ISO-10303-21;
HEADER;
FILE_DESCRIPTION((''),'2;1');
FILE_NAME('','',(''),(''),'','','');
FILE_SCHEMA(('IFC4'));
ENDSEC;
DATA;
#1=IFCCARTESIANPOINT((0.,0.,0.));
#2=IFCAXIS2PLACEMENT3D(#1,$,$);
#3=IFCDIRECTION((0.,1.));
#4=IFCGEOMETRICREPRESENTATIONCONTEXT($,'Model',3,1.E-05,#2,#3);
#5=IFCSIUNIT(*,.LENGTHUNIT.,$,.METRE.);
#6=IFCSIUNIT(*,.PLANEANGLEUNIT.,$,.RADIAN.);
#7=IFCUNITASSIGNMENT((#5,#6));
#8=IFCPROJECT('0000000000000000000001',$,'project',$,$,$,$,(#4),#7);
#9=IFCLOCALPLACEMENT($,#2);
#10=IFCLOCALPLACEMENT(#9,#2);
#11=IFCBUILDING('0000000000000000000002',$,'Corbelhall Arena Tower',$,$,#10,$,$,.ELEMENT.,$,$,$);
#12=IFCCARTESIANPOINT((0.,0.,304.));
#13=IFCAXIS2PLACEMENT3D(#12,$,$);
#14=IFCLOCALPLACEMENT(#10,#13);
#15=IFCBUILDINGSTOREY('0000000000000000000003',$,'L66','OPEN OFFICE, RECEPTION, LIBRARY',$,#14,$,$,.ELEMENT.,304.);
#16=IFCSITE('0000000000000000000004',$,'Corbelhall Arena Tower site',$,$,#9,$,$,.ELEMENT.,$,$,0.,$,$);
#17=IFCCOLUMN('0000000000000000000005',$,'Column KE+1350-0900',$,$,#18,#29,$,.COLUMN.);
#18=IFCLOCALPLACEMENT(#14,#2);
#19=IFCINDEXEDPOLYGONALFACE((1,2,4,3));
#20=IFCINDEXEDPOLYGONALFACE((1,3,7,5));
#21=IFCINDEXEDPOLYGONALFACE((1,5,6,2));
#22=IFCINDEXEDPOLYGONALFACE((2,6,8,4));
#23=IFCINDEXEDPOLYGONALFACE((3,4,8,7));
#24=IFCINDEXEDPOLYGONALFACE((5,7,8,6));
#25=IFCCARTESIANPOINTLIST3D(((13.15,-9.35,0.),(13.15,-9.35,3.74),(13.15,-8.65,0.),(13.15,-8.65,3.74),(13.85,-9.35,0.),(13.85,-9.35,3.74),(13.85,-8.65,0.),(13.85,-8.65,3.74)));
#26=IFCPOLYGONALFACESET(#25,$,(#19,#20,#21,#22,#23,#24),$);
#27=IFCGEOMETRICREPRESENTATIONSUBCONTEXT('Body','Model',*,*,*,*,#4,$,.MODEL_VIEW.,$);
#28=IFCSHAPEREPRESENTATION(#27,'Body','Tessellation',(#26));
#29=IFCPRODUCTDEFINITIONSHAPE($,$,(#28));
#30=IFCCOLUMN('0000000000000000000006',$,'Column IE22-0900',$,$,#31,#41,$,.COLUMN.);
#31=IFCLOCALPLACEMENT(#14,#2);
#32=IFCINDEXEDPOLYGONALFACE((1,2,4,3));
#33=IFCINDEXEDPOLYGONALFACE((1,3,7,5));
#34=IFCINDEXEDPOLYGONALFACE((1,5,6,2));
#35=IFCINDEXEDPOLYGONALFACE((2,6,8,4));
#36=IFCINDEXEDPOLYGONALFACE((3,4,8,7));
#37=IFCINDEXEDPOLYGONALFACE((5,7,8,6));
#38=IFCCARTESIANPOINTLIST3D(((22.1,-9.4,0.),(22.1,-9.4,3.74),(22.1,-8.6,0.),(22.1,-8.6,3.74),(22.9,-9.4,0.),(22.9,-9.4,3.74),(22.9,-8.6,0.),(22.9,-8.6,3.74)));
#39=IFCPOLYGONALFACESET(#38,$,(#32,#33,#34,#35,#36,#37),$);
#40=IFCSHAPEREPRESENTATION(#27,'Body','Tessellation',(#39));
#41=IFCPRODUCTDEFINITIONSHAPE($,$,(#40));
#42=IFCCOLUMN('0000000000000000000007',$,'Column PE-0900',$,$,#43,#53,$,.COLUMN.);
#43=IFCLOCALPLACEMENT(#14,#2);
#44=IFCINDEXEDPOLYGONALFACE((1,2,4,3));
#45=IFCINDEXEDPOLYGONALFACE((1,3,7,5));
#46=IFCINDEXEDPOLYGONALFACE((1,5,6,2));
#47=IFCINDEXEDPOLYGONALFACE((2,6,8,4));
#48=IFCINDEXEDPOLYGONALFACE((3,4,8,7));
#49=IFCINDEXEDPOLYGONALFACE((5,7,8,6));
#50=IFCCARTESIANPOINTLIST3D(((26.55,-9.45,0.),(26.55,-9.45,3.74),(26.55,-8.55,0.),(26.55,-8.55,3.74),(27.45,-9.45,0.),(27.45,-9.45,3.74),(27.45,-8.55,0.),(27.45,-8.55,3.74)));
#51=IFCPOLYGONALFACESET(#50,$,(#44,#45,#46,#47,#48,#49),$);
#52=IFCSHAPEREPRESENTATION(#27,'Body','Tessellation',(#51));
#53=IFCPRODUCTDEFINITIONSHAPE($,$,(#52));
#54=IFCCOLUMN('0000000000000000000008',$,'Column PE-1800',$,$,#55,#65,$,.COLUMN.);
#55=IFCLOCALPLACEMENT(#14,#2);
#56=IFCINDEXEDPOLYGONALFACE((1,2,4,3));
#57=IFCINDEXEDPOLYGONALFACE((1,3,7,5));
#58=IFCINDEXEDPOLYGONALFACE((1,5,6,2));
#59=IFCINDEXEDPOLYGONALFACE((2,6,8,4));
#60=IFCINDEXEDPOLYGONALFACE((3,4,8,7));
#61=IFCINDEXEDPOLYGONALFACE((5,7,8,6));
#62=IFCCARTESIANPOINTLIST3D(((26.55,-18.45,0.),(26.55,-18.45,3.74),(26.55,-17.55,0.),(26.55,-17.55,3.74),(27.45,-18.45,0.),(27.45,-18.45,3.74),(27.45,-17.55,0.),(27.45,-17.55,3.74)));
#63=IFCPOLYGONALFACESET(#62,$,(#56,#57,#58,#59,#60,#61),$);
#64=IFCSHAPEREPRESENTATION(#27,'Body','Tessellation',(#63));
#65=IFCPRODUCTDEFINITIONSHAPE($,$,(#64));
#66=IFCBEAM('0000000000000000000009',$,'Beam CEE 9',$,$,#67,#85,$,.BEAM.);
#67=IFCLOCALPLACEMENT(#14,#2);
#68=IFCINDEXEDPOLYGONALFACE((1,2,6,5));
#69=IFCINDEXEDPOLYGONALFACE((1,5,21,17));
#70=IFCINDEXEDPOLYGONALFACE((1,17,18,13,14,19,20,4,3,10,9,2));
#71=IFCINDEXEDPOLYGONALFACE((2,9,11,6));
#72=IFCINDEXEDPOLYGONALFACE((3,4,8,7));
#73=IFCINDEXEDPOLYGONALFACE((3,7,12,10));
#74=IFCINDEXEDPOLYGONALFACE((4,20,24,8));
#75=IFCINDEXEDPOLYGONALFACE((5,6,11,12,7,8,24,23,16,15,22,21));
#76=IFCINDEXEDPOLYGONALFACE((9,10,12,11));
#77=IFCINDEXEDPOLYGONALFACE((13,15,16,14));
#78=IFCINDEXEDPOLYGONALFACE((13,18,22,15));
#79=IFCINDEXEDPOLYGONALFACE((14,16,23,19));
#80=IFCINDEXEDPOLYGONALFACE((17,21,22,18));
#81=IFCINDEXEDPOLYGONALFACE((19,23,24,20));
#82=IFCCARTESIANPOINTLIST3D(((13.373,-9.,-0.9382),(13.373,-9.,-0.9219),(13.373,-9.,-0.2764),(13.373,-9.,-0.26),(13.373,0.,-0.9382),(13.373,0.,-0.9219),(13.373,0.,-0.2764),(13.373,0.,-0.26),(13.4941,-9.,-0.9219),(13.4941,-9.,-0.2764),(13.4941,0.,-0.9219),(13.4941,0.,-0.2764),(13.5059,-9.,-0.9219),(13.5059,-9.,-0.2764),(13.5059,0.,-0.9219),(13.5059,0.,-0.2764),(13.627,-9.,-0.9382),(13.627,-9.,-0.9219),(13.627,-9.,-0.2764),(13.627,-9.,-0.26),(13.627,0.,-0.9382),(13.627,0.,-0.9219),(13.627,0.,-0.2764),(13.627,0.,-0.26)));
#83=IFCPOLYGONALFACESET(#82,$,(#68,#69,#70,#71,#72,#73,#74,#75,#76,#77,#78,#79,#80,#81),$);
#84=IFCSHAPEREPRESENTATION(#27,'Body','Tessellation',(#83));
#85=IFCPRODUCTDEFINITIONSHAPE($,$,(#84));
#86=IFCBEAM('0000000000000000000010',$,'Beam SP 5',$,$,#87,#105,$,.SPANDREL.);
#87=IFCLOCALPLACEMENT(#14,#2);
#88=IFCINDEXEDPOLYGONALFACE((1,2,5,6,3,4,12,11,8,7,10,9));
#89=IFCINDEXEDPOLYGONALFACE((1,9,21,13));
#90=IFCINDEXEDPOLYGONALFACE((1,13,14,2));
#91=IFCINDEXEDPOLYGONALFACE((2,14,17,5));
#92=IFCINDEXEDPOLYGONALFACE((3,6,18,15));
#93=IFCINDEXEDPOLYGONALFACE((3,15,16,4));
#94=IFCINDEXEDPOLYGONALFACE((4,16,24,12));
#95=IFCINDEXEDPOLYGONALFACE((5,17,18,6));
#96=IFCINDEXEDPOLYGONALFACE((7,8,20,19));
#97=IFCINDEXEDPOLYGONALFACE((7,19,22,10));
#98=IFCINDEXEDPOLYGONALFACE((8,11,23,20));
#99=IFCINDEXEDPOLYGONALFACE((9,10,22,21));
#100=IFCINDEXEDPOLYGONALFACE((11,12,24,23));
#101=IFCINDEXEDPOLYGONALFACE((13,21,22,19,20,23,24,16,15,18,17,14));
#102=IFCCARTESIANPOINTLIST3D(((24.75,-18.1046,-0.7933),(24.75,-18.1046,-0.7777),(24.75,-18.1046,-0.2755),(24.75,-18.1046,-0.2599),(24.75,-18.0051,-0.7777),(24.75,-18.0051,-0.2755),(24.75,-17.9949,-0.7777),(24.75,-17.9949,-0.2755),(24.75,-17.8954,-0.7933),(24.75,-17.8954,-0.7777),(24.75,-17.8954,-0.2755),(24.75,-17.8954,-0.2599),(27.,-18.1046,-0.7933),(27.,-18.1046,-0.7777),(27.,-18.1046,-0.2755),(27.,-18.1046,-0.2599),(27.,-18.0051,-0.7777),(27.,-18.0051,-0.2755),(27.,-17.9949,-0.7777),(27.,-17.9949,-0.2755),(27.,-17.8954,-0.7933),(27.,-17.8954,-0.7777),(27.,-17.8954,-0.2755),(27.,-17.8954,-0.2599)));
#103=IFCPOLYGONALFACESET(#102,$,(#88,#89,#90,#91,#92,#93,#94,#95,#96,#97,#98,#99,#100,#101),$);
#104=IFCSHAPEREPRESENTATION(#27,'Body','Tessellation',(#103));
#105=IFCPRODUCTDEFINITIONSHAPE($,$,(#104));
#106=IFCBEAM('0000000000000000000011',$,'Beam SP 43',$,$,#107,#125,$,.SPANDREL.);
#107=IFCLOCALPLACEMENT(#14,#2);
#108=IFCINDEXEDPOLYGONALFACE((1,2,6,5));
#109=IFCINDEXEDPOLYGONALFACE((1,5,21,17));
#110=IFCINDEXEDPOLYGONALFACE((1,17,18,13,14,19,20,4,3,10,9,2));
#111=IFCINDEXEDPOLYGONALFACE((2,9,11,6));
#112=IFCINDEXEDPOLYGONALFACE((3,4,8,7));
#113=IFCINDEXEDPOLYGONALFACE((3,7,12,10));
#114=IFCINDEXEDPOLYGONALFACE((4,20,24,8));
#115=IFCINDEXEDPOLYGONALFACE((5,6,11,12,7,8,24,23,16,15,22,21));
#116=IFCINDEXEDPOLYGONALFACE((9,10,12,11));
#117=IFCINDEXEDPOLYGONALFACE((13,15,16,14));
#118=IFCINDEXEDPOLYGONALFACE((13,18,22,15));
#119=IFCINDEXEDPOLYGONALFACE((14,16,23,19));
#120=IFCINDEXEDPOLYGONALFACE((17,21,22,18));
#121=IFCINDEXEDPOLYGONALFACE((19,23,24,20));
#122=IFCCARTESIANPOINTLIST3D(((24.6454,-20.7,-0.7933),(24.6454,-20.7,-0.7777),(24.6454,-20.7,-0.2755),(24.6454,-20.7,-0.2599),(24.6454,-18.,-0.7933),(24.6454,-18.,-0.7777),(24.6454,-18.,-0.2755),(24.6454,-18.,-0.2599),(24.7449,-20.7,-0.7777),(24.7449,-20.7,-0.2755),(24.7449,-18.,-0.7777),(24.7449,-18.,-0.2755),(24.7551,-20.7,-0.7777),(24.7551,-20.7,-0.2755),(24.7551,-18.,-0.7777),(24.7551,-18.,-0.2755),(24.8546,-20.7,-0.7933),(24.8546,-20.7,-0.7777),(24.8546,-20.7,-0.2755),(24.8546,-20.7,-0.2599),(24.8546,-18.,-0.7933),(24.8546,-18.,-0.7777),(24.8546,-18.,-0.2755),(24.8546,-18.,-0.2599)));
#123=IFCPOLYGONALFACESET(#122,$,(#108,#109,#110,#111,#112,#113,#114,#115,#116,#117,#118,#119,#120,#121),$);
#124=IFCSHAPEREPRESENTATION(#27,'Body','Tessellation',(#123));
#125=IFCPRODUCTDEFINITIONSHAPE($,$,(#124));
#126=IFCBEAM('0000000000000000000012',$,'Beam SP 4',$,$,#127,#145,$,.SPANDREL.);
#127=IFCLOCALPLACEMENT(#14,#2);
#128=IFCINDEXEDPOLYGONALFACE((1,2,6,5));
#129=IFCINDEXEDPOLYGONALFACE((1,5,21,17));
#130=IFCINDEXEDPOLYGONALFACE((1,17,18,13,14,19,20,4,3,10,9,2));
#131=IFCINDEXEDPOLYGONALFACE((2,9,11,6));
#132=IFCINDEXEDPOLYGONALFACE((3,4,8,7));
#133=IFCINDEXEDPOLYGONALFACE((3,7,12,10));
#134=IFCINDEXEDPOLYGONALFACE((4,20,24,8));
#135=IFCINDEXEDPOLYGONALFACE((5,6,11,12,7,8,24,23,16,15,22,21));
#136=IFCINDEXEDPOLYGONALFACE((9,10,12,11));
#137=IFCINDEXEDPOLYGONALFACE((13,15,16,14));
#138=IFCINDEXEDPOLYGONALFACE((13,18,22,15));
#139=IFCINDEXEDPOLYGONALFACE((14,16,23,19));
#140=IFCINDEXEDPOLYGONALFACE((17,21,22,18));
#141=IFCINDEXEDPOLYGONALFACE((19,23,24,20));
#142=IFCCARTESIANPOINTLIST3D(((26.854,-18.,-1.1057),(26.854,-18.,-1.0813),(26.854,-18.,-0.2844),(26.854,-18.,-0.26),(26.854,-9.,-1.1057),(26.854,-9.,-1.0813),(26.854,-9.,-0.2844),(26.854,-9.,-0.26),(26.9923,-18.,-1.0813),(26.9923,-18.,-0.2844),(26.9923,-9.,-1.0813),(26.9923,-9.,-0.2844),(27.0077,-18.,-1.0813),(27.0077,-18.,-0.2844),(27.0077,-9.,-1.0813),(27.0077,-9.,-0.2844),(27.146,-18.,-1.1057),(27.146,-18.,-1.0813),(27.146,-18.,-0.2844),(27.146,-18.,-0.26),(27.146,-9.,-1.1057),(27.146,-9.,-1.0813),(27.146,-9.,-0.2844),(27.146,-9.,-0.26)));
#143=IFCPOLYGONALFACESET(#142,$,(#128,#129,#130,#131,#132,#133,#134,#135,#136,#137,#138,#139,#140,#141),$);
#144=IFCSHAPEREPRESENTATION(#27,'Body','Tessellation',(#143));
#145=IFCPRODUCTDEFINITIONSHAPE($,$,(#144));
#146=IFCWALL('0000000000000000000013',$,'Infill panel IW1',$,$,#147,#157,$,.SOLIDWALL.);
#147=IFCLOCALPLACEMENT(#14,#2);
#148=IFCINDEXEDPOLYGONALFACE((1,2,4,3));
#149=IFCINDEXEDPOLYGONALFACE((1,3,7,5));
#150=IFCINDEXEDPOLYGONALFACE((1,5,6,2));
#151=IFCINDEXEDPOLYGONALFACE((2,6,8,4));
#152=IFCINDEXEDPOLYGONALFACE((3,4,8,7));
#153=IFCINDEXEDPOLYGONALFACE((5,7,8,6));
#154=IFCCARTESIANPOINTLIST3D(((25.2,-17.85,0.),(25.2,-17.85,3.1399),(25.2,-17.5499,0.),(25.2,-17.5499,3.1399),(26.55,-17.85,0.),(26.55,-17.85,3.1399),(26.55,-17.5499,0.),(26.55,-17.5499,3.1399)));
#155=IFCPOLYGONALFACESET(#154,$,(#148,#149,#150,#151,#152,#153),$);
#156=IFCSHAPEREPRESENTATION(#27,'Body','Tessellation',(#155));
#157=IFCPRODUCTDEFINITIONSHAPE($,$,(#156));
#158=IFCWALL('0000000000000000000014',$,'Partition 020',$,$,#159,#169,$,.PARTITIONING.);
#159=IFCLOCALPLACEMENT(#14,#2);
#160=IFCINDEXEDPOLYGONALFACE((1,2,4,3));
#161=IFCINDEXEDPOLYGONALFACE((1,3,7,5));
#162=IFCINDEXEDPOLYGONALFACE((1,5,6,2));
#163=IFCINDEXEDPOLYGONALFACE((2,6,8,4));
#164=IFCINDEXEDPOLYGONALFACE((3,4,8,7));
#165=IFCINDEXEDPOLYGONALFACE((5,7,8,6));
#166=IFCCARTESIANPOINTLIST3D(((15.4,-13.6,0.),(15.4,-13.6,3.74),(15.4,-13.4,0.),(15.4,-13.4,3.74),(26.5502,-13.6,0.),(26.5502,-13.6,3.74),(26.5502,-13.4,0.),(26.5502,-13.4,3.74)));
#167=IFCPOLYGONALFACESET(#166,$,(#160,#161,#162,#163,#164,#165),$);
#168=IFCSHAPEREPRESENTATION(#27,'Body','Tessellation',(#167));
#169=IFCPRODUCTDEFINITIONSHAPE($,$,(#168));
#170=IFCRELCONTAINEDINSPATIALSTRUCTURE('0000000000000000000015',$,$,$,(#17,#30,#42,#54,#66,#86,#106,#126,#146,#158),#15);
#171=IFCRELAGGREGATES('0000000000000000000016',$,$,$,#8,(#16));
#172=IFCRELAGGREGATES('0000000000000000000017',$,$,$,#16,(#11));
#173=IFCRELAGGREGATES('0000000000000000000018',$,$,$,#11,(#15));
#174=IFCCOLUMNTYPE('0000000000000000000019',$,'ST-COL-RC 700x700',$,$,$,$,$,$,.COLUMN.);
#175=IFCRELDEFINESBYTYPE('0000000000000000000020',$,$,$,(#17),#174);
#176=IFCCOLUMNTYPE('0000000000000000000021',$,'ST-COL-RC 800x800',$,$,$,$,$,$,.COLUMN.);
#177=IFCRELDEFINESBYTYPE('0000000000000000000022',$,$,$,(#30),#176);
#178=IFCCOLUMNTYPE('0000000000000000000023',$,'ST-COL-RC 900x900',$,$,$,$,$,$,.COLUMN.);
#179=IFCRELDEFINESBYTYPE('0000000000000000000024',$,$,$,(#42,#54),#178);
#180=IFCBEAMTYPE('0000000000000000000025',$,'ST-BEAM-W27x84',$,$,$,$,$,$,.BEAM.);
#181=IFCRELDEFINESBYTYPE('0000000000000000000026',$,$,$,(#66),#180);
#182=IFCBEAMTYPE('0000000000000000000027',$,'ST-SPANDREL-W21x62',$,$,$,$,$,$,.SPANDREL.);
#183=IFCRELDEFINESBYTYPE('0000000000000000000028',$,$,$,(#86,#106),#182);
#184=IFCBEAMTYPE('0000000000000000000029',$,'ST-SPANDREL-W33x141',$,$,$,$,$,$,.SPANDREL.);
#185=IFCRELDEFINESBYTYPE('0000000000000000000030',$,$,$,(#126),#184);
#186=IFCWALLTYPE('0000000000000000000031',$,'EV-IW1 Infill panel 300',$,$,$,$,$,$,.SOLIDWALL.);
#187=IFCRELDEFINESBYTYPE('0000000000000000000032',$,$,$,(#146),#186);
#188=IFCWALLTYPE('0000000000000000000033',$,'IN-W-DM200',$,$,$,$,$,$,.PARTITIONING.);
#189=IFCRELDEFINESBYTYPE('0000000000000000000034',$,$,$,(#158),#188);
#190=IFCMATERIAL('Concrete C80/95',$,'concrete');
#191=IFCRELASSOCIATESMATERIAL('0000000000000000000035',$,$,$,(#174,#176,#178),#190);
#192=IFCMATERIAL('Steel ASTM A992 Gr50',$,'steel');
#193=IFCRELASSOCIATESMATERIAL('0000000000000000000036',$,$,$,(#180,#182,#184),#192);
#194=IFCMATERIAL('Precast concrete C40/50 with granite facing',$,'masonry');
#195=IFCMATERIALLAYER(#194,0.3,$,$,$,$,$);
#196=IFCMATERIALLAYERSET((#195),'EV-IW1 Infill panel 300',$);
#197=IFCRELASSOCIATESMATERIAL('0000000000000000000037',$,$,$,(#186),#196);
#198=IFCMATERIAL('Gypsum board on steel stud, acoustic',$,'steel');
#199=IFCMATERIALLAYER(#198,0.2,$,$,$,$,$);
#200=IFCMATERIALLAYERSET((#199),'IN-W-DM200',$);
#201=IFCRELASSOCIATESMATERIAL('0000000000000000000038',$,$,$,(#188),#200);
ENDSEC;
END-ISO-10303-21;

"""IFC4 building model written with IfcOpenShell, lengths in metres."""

from ifc_helpers import new_model, si_unit, direction, frame, frame_2d, origin, origin_2d, place, context, subcontext, project, spatial, rectangle, i_section, extrude, material, layer, layer_set, material_profile, profile_set, type_object, element, save


model = new_model("IFC4")

# Units and contexts
model_context = context("Model", 3, precision=1e-05, world=origin(), true_north=direction((0.0, 1.0)))
body_context = subcontext(model_context, "Body", "Model", "MODEL_VIEW")
ifc_project = project(units=[si_unit("LENGTHUNIT", "METRE"), si_unit("PLANEANGLEUNIT", "RADIAN")], contexts=[model_context])

# Site, building, storey
site_placement = place(None, origin())
site = spatial("IfcSite", under=ifc_project, at=site_placement, Name="Corbelhall Arena Tower site", CompositionType="ELEMENT", RefElevation=0.0)
building_placement = place(site_placement, origin())
building = spatial("IfcBuilding", under=site, at=building_placement, Name="Corbelhall Arena Tower", CompositionType="ELEMENT")
storey_placement = place(building_placement, frame((0.0, 0.0, 304.0)))
storey = spatial("IfcBuildingStorey", under=building, at=storey_placement, Name="L66", Description="OPEN OFFICE, RECEPTION, LIBRARY", CompositionType="ELEMENT", Elevation=304.0)

# Columns
ifc_material_1 = material(Name="Concrete C80/95", Category="concrete")
ifc_material_profile_1 = material_profile(ifc_material_1, rectangle(XDim=0.7, YDim=0.7, at=origin_2d()))
ifc_profile_set_1 = profile_set([ifc_material_profile_1], Name="Concrete C80/95")
column_type_1 = type_object("IfcColumnType", Name="ST-COL-RC 700x700", PredefinedType="COLUMN", material=ifc_profile_set_1)
column_1_placement = place(storey_placement, frame((13.5, -9.0, 0.0), z_axis=(0.0, 0.0, 1.0), x_axis=(1.0, 0.0, 0.0)))
element("IfcColumn", 1, at=column_1_placement, inside=storey, type_object=column_type_1, Name="Column KE+1350-0900", PredefinedType="COLUMN", context=body_context, shape_type="SweptSolid", body=[
    extrude(rectangle(XDim=0.7, YDim=0.7, at=origin_2d()), origin(), (0.0, 0.0, 1.0), 3.74),
])
ifc_material_profile_2 = material_profile(ifc_material_1, rectangle(XDim=0.8, YDim=0.8, at=origin_2d()))
ifc_profile_set_2 = profile_set([ifc_material_profile_2], Name="Concrete C80/95")
column_type_2 = type_object("IfcColumnType", Name="ST-COL-RC 800x800", PredefinedType="COLUMN", material=ifc_profile_set_2)
column_2_placement = place(storey_placement, frame((22.5, -9.0, 0.0), z_axis=(0.0, 0.0, 1.0), x_axis=(1.0, 0.0, 0.0)))
element("IfcColumn", 2, at=column_2_placement, inside=storey, type_object=column_type_2, Name="Column IE22-0900", PredefinedType="COLUMN", context=body_context, shape_type="SweptSolid", body=[
    extrude(rectangle(XDim=0.8, YDim=0.8, at=origin_2d()), origin(), (0.0, 0.0, 1.0), 3.74),
])
ifc_material_profile_3 = material_profile(ifc_material_1, rectangle(XDim=0.8999, YDim=0.8999, at=origin_2d()))
ifc_profile_set_3 = profile_set([ifc_material_profile_3], Name="Concrete C80/95")
column_type_3 = type_object("IfcColumnType", Name="ST-COL-RC 900x900", PredefinedType="COLUMN", material=ifc_profile_set_3)
for number, where, z_axis, x_axis, name in (
    (3, (27.0, -9.0, 0.0), (0.0, 0.0, 1.0), (0.0, 1.0, 0.0), "Column PE-0900"),
    (4, (27.0, -18.0, 0.0), (0.0, 0.0, 1.0), (0.0, 1.0, 0.0), "Column PE-1800"),
):
    element("IfcColumn", number, at=place(storey_placement, frame(where, z_axis=z_axis, x_axis=x_axis)), inside=storey, type_object=column_type_3, Name=name, PredefinedType="COLUMN", context=body_context, shape_type="SweptSolid", body=[
        extrude(rectangle(XDim=0.8999, YDim=0.8999, at=origin_2d()), origin(), (0.0, 0.0, 1.0), 3.74),
    ])

# Beams
ifc_material_2 = material(Name="Steel ASTM A992 Gr50", Category="steel")
ifc_material_profile_4 = material_profile(ifc_material_2, i_section(OverallWidth=0.2539, OverallDepth=0.6782, WebThickness=0.0117, FlangeThickness=0.0164, at=origin_2d()))
ifc_profile_set_4 = profile_set([ifc_material_profile_4], Name="Steel ASTM A992 Gr50")
beam_type_1 = type_object("IfcBeamType", Name="ST-BEAM-W27x84", PredefinedType="BEAM", material=ifc_profile_set_4)
beam_1_placement = place(storey_placement, frame((13.5, -9.0, -0.5991), z_axis=(0.0, 1.0, 0.0), x_axis=(-1.0, 0.0, 0.0)))
element("IfcBeam", 5, at=beam_1_placement, inside=storey, type_object=beam_type_1, Name="Beam CEE 9", PredefinedType="BEAM", context=body_context, shape_type="SweptSolid", body=[
    extrude(i_section(OverallWidth=0.2539, OverallDepth=0.6782, WebThickness=0.0117, FlangeThickness=0.0164, at=origin_2d()), origin(), (0.0, 0.0, 1.0), 9.0),
])
ifc_material_profile_5 = material_profile(ifc_material_2, i_section(OverallWidth=0.2092, OverallDepth=0.5334, WebThickness=0.0103, FlangeThickness=0.0156, at=origin_2d()))
ifc_profile_set_5 = profile_set([ifc_material_profile_5], Name="Steel ASTM A992 Gr50")
beam_type_2 = type_object("IfcBeamType", Name="ST-SPANDREL-W21x62", PredefinedType="SPANDREL", material=ifc_profile_set_5)
beam_2_placement = place(storey_placement, frame((27.0, -18.0, -0.5266), z_axis=(-1.0, 0.0, 0.0), x_axis=(0.0, -1.0, 0.0)))
element("IfcBeam", 6, at=beam_2_placement, inside=storey, type_object=beam_type_2, Name="Beam SP 5", PredefinedType="SPANDREL", context=body_context, shape_type="SweptSolid", body=[
    extrude(i_section(OverallWidth=0.2092, OverallDepth=0.5334, WebThickness=0.0103, FlangeThickness=0.0156, at=origin_2d()), origin(), (0.0, 0.0, 1.0), 2.25),
])
beam_3_placement = place(storey_placement, frame((24.75, -18.0, -0.5266), z_axis=(0.0, -1.0, 0.0), x_axis=(1.0, 0.0, 0.0)))
element("IfcBeam", 7, at=beam_3_placement, inside=storey, type_object=beam_type_2, Name="Beam SP 43", PredefinedType="SPANDREL", context=body_context, shape_type="SweptSolid", body=[
    extrude(i_section(OverallWidth=0.2092, OverallDepth=0.5334, WebThickness=0.0103, FlangeThickness=0.0156, at=origin_2d()), origin(), (0.0, 0.0, 1.0), 2.7),
])
ifc_material_profile_6 = material_profile(ifc_material_2, i_section(OverallWidth=0.292, OverallDepth=0.8457, WebThickness=0.0154, FlangeThickness=0.0244, at=origin_2d()))
ifc_profile_set_6 = profile_set([ifc_material_profile_6], Name="Steel ASTM A992 Gr50")
beam_type_3 = type_object("IfcBeamType", Name="ST-SPANDREL-W33x141", PredefinedType="SPANDREL", material=ifc_profile_set_6)
beam_4_placement = place(storey_placement, frame((27.0, -9.0, -0.6829), z_axis=(0.0, -1.0, 0.0), x_axis=(1.0, 0.0, 0.0)))
element("IfcBeam", 8, at=beam_4_placement, inside=storey, type_object=beam_type_3, Name="Beam SP 4", PredefinedType="SPANDREL", context=body_context, shape_type="SweptSolid", body=[
    extrude(i_section(OverallWidth=0.292, OverallDepth=0.8457, WebThickness=0.0154, FlangeThickness=0.0244, at=origin_2d()), origin(), (0.0, 0.0, 1.0), 9.0),
])

# Wall
ifc_material_3 = material(Name="Precast concrete C40/50 with granite facing", Category="masonry")
ifc_layer_1 = layer(ifc_material_3, 0.3)
ifc_layer_set_1 = layer_set([ifc_layer_1], Name="EV-IW1 Infill panel 300")
wall_type_1 = type_object("IfcWallType", Name="EV-IW1 Infill panel 300", PredefinedType="SOLIDWALL", material=ifc_layer_set_1)
wall_1_placement = place(storey_placement, frame((25.2, -17.7, 0.0), z_axis=(0.0, 0.0, 1.0), x_axis=(1.0, 0.0, 0.0)))
element("IfcWall", 9, at=wall_1_placement, inside=storey, type_object=wall_type_1, Name="Infill panel IW1", PredefinedType="SOLIDWALL", context=body_context, shape_type="SweptSolid", body=[
    extrude(rectangle(XDim=1.3501, YDim=0.3, at=frame_2d((0.675, 0.0))), origin(), (0.0, 0.0, 1.0), 3.1399),
])

# Wall
ifc_material_4 = material(Name="Gypsum board on steel stud, acoustic", Category="steel")
ifc_layer_2 = layer(ifc_material_4, 0.2)
ifc_layer_set_2 = layer_set([ifc_layer_2], Name="IN-W-DM200")
wall_type_2 = type_object("IfcWallType", Name="IN-W-DM200", PredefinedType="PARTITIONING", material=ifc_layer_set_2)
wall_2_placement = place(storey_placement, frame((15.3999, -13.5, 0.0), z_axis=(0.0, 0.0, 1.0), x_axis=(1.0, 0.0, 0.0)))
element("IfcWall", 10, at=wall_2_placement, inside=storey, type_object=wall_type_2, Name="Partition 020", PredefinedType="PARTITIONING", context=body_context, shape_type="SweptSolid", body=[
    extrude(rectangle(XDim=11.1501, YDim=0.2, at=frame_2d((5.5752, 0.0))), origin(), (0.0, 0.0, 1.0), 3.74),
])

save(model, "model.ifc")
